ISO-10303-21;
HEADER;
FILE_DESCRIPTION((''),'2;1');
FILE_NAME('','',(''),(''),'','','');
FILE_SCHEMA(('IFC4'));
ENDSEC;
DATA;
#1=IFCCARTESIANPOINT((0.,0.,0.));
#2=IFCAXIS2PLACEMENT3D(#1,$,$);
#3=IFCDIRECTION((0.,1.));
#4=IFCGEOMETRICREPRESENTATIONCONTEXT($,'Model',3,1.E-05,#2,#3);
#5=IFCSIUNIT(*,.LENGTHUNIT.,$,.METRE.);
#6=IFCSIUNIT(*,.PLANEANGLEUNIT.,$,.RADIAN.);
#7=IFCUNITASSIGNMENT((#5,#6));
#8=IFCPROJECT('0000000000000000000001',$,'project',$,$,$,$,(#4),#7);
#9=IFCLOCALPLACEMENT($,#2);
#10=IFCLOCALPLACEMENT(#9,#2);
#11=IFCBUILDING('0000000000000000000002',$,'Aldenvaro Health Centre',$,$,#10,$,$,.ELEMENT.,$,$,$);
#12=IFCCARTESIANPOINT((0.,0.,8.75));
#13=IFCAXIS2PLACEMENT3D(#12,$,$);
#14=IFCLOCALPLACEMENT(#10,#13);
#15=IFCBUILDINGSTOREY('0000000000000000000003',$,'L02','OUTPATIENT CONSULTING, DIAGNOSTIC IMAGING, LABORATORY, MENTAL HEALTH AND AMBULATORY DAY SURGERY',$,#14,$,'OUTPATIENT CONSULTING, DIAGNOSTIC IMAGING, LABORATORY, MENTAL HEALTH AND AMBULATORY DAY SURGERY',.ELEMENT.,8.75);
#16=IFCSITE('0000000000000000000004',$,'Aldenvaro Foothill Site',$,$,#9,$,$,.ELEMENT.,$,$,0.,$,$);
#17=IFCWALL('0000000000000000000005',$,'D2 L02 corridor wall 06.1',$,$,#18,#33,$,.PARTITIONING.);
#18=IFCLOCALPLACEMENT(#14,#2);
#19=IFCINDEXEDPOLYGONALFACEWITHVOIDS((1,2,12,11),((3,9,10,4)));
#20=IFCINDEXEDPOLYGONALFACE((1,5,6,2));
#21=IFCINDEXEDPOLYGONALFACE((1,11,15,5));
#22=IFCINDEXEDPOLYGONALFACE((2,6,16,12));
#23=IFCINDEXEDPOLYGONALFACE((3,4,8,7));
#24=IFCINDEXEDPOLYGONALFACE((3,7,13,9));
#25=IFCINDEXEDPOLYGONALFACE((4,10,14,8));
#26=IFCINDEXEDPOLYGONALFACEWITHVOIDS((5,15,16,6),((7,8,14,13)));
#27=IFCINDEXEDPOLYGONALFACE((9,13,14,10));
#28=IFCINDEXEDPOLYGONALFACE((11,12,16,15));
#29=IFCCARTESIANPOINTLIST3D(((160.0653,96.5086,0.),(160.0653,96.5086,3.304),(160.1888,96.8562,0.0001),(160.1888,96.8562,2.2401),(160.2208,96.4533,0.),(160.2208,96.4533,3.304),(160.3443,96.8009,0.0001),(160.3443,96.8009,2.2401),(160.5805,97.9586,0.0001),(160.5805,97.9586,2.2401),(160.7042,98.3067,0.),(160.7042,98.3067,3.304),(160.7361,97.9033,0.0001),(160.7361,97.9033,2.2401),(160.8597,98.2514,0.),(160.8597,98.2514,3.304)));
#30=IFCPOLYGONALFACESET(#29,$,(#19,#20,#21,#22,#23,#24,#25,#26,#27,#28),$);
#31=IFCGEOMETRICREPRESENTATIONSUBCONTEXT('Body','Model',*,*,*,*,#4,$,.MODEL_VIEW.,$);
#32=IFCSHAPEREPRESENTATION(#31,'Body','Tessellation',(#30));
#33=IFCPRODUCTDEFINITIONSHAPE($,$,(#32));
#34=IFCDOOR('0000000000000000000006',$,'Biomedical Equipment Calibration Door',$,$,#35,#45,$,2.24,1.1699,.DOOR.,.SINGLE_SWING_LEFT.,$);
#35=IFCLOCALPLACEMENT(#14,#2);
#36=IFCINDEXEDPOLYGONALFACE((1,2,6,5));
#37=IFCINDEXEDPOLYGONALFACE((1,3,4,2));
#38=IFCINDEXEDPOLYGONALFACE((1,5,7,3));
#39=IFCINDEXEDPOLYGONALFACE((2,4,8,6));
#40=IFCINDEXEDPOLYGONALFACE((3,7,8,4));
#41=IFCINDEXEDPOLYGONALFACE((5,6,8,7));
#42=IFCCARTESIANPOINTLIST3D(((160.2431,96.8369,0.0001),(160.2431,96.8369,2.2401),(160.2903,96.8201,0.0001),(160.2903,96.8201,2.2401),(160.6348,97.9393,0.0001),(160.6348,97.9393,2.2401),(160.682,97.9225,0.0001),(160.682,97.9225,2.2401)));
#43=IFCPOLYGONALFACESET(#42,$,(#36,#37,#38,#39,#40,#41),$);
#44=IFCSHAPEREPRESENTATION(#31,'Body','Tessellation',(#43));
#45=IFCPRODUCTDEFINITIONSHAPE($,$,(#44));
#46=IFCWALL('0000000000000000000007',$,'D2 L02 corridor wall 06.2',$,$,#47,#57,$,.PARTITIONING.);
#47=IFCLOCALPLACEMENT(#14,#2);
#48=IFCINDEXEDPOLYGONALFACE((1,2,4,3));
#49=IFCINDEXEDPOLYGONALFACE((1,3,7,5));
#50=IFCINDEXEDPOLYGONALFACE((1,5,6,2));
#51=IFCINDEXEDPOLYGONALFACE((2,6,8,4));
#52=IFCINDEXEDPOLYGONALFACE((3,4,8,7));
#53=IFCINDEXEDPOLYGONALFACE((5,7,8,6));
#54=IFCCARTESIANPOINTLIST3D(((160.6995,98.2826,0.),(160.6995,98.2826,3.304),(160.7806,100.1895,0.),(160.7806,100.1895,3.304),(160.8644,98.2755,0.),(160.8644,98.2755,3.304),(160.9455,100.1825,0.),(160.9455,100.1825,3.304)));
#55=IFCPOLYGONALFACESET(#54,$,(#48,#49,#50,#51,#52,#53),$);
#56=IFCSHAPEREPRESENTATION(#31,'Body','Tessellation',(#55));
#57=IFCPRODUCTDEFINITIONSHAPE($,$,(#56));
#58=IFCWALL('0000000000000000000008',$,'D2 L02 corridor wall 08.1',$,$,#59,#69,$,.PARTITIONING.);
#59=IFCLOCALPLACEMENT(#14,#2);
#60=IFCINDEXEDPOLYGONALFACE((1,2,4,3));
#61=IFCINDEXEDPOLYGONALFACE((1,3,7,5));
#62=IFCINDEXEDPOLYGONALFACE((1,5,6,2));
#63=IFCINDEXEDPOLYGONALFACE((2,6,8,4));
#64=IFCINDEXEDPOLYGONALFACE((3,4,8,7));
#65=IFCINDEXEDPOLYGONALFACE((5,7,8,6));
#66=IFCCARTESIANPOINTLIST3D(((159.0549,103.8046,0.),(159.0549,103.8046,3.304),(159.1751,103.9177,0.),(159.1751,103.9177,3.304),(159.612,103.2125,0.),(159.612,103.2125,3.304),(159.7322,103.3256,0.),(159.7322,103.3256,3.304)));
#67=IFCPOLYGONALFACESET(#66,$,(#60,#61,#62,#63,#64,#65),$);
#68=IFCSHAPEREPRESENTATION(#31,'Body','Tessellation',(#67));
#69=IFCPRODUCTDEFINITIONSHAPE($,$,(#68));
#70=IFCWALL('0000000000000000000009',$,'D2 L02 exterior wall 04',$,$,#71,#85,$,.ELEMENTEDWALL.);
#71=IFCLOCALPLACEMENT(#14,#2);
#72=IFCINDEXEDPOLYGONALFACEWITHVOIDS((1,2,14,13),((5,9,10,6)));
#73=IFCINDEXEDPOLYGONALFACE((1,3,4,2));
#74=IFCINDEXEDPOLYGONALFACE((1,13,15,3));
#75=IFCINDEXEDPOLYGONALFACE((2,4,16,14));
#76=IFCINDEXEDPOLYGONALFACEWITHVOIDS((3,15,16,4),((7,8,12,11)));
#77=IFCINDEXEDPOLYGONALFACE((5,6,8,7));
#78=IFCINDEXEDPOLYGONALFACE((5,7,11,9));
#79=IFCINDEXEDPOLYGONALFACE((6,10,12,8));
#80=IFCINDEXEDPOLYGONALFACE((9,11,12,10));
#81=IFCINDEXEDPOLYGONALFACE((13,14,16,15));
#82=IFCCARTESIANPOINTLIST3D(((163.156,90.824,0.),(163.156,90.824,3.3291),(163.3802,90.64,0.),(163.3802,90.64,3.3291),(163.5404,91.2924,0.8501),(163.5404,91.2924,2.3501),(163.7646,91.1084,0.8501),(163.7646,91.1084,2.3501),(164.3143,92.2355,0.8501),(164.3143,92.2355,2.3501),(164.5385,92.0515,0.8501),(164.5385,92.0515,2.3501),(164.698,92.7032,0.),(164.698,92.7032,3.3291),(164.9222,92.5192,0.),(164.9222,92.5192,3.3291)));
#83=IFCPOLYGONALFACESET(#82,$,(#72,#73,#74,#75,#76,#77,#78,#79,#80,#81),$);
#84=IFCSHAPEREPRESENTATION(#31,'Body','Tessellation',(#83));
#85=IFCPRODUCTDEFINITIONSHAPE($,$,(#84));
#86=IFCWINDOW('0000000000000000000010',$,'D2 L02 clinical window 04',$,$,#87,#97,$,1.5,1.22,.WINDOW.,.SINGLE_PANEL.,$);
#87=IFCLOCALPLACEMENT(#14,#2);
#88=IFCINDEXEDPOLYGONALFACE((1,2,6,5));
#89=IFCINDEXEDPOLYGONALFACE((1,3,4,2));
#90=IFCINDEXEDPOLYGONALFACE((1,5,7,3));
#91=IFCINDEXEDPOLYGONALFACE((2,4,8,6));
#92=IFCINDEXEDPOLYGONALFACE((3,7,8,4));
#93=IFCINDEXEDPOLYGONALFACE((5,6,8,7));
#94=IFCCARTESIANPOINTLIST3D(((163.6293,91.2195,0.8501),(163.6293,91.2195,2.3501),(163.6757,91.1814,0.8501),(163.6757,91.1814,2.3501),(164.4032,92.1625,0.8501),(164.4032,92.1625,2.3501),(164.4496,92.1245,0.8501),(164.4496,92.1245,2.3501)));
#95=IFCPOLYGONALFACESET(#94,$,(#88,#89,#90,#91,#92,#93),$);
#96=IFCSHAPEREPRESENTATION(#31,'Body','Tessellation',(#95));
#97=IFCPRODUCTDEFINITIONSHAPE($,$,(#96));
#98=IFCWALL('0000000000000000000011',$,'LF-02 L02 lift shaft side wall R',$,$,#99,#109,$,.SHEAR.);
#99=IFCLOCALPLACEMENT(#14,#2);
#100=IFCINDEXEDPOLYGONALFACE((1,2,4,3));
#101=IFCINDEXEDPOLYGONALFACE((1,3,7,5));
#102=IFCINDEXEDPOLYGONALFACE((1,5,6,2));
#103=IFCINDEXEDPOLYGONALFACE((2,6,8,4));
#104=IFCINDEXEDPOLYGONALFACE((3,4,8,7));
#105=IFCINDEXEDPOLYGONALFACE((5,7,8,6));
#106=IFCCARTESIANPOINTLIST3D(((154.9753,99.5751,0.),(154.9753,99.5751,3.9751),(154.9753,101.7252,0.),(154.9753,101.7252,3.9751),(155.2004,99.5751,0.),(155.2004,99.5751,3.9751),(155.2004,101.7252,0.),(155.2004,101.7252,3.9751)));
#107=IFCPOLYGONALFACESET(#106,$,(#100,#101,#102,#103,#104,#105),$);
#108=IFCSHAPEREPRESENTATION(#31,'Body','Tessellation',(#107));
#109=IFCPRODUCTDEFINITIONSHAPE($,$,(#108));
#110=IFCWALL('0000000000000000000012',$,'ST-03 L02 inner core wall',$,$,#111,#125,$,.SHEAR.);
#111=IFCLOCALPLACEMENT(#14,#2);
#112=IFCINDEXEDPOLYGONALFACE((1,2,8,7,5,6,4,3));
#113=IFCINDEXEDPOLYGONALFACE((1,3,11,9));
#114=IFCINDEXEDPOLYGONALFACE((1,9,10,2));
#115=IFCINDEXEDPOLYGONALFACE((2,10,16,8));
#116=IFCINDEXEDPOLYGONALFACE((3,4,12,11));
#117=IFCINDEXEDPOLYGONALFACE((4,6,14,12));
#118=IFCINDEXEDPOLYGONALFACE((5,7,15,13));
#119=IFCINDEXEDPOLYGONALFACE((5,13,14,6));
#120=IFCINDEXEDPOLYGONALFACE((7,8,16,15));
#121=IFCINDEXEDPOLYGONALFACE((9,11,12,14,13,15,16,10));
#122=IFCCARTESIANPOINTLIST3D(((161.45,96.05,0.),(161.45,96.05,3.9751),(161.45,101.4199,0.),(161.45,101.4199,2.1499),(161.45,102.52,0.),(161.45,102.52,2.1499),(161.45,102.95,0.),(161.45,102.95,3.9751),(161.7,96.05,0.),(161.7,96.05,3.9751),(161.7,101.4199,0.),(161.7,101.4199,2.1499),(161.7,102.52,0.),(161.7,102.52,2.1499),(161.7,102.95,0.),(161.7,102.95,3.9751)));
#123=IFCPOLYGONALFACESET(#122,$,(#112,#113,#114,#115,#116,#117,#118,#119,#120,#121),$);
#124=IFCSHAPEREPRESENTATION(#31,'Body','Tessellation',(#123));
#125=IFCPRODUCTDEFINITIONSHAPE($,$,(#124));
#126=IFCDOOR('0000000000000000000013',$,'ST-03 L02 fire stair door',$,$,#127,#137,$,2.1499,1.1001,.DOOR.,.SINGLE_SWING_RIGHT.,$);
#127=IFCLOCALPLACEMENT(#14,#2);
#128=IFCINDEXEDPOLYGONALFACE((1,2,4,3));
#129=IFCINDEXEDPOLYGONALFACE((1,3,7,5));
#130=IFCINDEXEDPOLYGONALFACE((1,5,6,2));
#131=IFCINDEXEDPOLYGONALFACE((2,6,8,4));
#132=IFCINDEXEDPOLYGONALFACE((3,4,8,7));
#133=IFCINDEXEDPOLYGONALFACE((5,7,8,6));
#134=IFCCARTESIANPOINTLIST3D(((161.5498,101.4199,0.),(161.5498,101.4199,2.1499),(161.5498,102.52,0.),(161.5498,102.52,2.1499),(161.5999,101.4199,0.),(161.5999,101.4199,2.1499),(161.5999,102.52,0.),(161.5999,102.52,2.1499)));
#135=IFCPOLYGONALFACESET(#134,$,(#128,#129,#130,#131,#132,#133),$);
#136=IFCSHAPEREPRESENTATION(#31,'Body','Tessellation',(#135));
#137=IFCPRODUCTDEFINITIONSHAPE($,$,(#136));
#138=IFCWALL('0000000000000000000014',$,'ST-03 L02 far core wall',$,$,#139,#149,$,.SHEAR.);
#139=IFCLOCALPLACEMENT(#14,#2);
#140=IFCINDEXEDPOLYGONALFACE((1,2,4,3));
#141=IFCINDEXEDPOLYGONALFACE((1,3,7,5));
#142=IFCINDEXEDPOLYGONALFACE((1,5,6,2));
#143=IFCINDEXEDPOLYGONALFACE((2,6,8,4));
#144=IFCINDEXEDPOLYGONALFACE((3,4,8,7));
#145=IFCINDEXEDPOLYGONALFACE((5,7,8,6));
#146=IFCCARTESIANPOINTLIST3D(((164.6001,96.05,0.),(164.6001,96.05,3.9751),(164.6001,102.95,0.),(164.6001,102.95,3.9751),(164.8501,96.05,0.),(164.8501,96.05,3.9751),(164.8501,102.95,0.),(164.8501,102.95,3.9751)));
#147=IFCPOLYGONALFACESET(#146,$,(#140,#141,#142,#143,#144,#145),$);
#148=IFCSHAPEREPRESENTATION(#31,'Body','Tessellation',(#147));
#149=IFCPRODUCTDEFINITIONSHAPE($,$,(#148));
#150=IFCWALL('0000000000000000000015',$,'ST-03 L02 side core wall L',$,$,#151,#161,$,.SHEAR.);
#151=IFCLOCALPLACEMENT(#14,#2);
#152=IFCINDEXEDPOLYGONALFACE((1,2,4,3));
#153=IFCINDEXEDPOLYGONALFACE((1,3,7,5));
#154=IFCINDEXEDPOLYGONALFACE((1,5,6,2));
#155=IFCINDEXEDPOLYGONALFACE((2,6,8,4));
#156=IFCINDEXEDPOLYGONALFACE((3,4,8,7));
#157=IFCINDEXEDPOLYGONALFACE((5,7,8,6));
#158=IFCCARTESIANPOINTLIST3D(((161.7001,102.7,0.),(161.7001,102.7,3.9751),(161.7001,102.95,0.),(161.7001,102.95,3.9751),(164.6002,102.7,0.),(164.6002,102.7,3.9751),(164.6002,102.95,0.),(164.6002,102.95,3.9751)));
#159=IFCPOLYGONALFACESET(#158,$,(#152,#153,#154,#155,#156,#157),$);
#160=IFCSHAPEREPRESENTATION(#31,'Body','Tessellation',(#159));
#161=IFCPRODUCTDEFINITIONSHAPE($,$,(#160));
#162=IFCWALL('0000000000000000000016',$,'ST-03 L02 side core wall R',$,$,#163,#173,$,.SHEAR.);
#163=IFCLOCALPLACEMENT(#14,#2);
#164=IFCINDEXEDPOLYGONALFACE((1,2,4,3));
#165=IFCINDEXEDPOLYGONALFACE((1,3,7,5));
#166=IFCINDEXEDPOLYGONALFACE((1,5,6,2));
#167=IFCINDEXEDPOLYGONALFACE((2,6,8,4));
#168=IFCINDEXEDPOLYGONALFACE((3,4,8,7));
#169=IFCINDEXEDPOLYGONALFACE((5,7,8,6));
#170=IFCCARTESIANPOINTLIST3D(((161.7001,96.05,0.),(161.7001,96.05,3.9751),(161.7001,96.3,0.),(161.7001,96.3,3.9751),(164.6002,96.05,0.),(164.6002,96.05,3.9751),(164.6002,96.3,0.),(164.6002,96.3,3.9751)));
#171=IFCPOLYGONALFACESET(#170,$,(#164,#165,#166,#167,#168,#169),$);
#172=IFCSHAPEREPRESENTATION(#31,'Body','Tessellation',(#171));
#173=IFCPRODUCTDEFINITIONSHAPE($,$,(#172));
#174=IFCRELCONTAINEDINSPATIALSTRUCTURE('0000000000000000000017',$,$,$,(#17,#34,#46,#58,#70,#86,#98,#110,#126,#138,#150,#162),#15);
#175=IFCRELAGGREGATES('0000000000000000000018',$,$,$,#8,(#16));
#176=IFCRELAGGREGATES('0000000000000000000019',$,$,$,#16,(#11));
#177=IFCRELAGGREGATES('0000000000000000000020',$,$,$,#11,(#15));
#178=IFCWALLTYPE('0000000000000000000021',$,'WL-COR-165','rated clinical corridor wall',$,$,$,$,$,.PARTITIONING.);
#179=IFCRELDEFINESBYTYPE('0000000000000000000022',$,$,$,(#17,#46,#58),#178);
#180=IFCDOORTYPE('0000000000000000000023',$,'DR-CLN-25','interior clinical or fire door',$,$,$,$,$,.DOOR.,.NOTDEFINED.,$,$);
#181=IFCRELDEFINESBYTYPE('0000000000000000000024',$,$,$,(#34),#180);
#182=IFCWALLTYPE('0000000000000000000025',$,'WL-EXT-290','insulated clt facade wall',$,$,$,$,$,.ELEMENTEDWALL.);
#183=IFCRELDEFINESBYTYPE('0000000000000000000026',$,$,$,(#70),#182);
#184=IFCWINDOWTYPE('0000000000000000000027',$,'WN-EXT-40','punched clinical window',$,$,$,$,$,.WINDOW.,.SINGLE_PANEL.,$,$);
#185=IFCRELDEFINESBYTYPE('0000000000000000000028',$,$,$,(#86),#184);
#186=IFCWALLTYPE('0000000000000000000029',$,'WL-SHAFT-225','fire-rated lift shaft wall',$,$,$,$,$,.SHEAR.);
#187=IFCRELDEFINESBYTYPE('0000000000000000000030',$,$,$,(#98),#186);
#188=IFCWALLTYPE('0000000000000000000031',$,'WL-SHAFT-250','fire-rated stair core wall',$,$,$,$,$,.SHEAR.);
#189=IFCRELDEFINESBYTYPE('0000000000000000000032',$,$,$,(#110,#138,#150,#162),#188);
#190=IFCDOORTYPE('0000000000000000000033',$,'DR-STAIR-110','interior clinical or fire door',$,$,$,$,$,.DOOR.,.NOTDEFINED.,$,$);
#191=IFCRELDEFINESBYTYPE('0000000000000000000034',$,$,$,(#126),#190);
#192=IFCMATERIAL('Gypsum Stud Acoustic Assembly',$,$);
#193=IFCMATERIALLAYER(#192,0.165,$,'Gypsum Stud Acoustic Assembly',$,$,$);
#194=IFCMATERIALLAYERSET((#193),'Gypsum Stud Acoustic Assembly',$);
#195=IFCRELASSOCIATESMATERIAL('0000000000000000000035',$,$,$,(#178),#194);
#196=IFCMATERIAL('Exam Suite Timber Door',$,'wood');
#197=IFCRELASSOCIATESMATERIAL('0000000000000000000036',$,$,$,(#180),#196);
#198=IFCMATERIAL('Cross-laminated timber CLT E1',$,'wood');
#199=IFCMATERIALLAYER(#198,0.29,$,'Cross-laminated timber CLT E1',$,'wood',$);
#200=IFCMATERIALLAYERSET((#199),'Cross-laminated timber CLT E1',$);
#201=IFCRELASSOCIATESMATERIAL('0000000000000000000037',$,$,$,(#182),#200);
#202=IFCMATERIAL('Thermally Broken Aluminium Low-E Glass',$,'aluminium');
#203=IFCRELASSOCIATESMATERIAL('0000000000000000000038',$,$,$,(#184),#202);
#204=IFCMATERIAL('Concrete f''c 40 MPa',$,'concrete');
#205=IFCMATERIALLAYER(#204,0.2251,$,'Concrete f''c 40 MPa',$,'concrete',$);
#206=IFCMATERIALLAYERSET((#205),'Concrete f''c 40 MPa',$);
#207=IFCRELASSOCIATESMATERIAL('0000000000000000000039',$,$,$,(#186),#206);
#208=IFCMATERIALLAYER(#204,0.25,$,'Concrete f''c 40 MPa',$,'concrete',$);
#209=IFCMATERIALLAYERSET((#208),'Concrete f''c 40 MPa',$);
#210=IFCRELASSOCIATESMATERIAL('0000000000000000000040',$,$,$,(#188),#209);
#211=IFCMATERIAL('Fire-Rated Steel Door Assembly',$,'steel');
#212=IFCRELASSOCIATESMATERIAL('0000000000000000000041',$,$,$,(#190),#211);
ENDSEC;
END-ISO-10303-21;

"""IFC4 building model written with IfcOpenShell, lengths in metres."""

from ifc_helpers import new_model, si_unit, direction, frame, frame_2d, origin, place, context, subcontext, project, spatial, rectangle, extrude, material, layer, layer_set, type_object, element, fill, save


model = new_model("IFC4")

# Units and contexts
model_context = context("Model", 3, precision=1e-05, world=origin(), true_north=direction((0.0, 1.0)))
body_context = subcontext(model_context, "Body", "Model", "MODEL_VIEW")
ifc_project = project(units=[si_unit("LENGTHUNIT", "METRE"), si_unit("PLANEANGLEUNIT", "RADIAN")], contexts=[model_context])

# Site, building, storey
site_placement = place(None, origin())
site = spatial("IfcSite", under=ifc_project, at=site_placement, Name="Aldenvaro Foothill Site", CompositionType="ELEMENT", RefElevation=0.0)
building_placement = place(site_placement, origin())
building = spatial("IfcBuilding", under=site, at=building_placement, Name="Aldenvaro Health Centre", CompositionType="ELEMENT")
storey_placement = place(building_placement, frame((0.0, 0.0, 8.75)))
storey = spatial("IfcBuildingStorey", under=building, at=storey_placement, Name="L02", Description="OUTPATIENT CONSULTING, DIAGNOSTIC IMAGING, LABORATORY, MENTAL HEALTH AND AMBULATORY DAY SURGERY", LongName="OUTPATIENT CONSULTING, DIAGNOSTIC IMAGING, LABORATORY, MENTAL HEALTH AND AMBULATORY DAY SURGERY", CompositionType="ELEMENT", Elevation=8.75)

# Shared definitions
ifc_material_1 = material(Name="Gypsum Stud Acoustic Assembly")

# Shared definitions
ifc_layer_1 = layer(ifc_material_1, 0.165, Name="Gypsum Stud Acoustic Assembly")
ifc_layer_set_1 = layer_set([ifc_layer_1], Name="Gypsum Stud Acoustic Assembly")
wall_type_1 = type_object("IfcWallType", Name="WL-COR-165", Description="rated clinical corridor wall", PredefinedType="PARTITIONING", material=ifc_layer_set_1)
ifc_material_2 = material(Name="Exam Suite Timber Door", Category="wood")

# Wall, opening, door
wall_1_placement = place(storey_placement, frame((160.1431, 96.481, 0.0), z_axis=(0.0, 0.0, 1.0), x_axis=(0.33482, 0.942282, 0.0)))
wall_1 = element("IfcWall", 1, at=wall_1_placement, inside=storey, type_object=wall_type_1, Name="D2 L02 corridor wall 06.1", PredefinedType="PARTITIONING", context=body_context, shape_type="SweptSolid", body=[
    extrude(rectangle(XDim=1.9082, YDim=0.165, at=frame_2d((0.9541, 0.0))), origin(), (0.0, 0.0, 1.0), 3.304),
])
opening_1_placement = place(wall_1_placement, frame((0.3689, 0.0, 0.0)))
opening_1 = element("IfcOpeningElement", 2, at=opening_1_placement, cuts=wall_1, PredefinedType="OPENING", context=body_context, shape_type="SweptSolid", body=[
    extrude(rectangle(XDim=1.1699, YDim=2.24, at=frame_2d((0.585, 1.1201))), frame((0.0, 0.0925, 0.0), z_axis=(0.0, -1.0, 0.0), x_axis=(1.0, 0.0, 0.0)), (0.0, 0.0, 1.0), 0.1851),
])
door_type_1 = type_object("IfcDoorType", Name="DR-CLN-25", Description="interior clinical or fire door", OperationType="NOTDEFINED", PredefinedType="DOOR", material=ifc_material_2)
door_1_placement = place(opening_1_placement, origin())
door_1 = element("IfcDoor", 3, at=door_1_placement, inside=storey, type_object=door_type_1, Name="Biomedical Equipment Calibration Door", OperationType="SINGLE_SWING_LEFT", OverallHeight=2.24, OverallWidth=1.1699, PredefinedType="DOOR", context=body_context, shape_type="SweptSolid", body=[
    extrude(rectangle(XDim=1.1699, YDim=2.24, at=frame_2d((0.585, 1.1201))), frame((0.0, 0.0249, 0.0), z_axis=(0.0, -1.0, 0.0), x_axis=(1.0, 0.0, 0.0)), (0.0, 0.0, 1.0), 0.05),
])
fill(opening_1, door_1)

# Walls
wall_2_placement = place(storey_placement, frame((160.782, 98.2791, 0.0), z_axis=(0.0, 0.0, 1.0), x_axis=(0.042466, 0.999098, 0.0)))
element("IfcWall", 4, at=wall_2_placement, inside=storey, type_object=wall_type_1, Name="D2 L02 corridor wall 06.2", PredefinedType="PARTITIONING", context=body_context, shape_type="SweptSolid", body=[
    extrude(rectangle(XDim=1.9087, YDim=0.165, at=frame_2d((0.9543, 0.0))), origin(), (0.0, 0.0, 1.0), 3.304),
])
wall_3_placement = place(storey_placement, frame((159.6721, 103.269, 0.0), z_axis=(0.0, 0.0, 1.0), x_axis=(-0.685308, 0.728253, 0.0)))
element("IfcWall", 5, at=wall_3_placement, inside=storey, type_object=wall_type_1, Name="D2 L02 corridor wall 08.1", PredefinedType="PARTITIONING", context=body_context, shape_type="SweptSolid", body=[
    extrude(rectangle(XDim=0.813, YDim=0.165, at=frame_2d((0.4065, 0.0))), origin(), (0.0, 0.0, 1.0), 3.304),
])

# Wall, opening, window
ifc_material_3 = material(Name="Cross-laminated timber CLT E1", Category="wood")
ifc_layer_2 = layer(ifc_material_3, 0.29, Name="Cross-laminated timber CLT E1", Category="wood")
ifc_layer_set_2 = layer_set([ifc_layer_2], Name="Cross-laminated timber CLT E1")
wall_type_2 = type_object("IfcWallType", Name="WL-EXT-290", Description="insulated clt facade wall", PredefinedType="ELEMENTEDWALL", material=ifc_layer_set_2)
wall_4_placement = place(storey_placement, frame((164.8101, 92.6111, 0.0), z_axis=(0.0, 0.0, 1.0), x_axis=(-0.634347, -0.773048, 0.0)))
wall_4 = element("IfcWall", 6, at=wall_4_placement, inside=storey, type_object=wall_type_2, Name="D2 L02 exterior wall 04", PredefinedType="ELEMENTEDWALL", context=body_context, shape_type="SweptSolid", body=[
    extrude(rectangle(XDim=2.4309, YDim=0.29, at=frame_2d((1.2153, 0.0))), origin(), (0.0, 0.0, 1.0), 3.3291),
])
opening_2_placement = place(wall_4_placement, frame((0.605, 0.0, 0.8501)))
opening_2 = element("IfcOpeningElement", 7, at=opening_2_placement, cuts=wall_4, PredefinedType="OPENING", context=body_context, shape_type="SweptSolid", body=[
    extrude(rectangle(XDim=1.22, YDim=1.5, at=frame_2d((0.6099, 0.75))), frame((0.0, 0.155, 0.0), z_axis=(0.0, -1.0, 0.0), x_axis=(1.0, 0.0, 0.0)), (0.0, 0.0, 1.0), 0.3101),
])
ifc_material_4 = material(Name="Thermally Broken Aluminium Low-E Glass", Category="aluminium")
window_type = type_object("IfcWindowType", Name="WN-EXT-40", Description="punched clinical window", PartitioningType="SINGLE_PANEL", PredefinedType="WINDOW", material=ifc_material_4)
window_placement = place(opening_2_placement, origin())
window = element("IfcWindow", 8, at=window_placement, inside=storey, type_object=window_type, Name="D2 L02 clinical window 04", OverallHeight=1.5, OverallWidth=1.22, PartitioningType="SINGLE_PANEL", PredefinedType="WINDOW", context=body_context, shape_type="SweptSolid", body=[
    extrude(rectangle(XDim=1.22, YDim=1.5, at=frame_2d((0.6099, 0.75))), frame((0.0, 0.03, 0.0), z_axis=(0.0, -1.0, 0.0), x_axis=(1.0, 0.0, 0.0)), (0.0, 0.0, 1.0), 0.0601),
])
fill(opening_2, window)

# Wall
ifc_material_5 = material(Name="Concrete f'c 40 MPa", Category="concrete")
ifc_layer_3 = layer(ifc_material_5, 0.2251, Name="Concrete f'c 40 MPa", Category="concrete")
ifc_layer_set_3 = layer_set([ifc_layer_3], Name="Concrete f'c 40 MPa")
wall_type_3 = type_object("IfcWallType", Name="WL-SHAFT-225", Description="fire-rated lift shaft wall", PredefinedType="SHEAR", material=ifc_layer_set_3)
wall_5_placement = place(storey_placement, frame((155.0879, 99.575, 0.0), z_axis=(0.0, 0.0, 1.0), x_axis=(0.0, 1.0, 0.0)))
element("IfcWall", 9, at=wall_5_placement, inside=storey, type_object=wall_type_3, Name="LF-02 L02 lift shaft side wall R", PredefinedType="SHEAR", context=body_context, shape_type="SweptSolid", body=[
    extrude(rectangle(XDim=2.1501, YDim=0.2251, at=frame_2d((1.0752, 0.0))), origin(), (0.0, 0.0, 1.0), 3.9751),
])

# Wall, opening, door
ifc_layer_4 = layer(ifc_material_5, 0.25, Name="Concrete f'c 40 MPa", Category="concrete")
ifc_layer_set_4 = layer_set([ifc_layer_4], Name="Concrete f'c 40 MPa")
wall_type_4 = type_object("IfcWallType", Name="WL-SHAFT-250", Description="fire-rated stair core wall", PredefinedType="SHEAR", material=ifc_layer_set_4)
wall_6_placement = place(storey_placement, frame((161.575, 102.95, 0.0), z_axis=(0.0, 0.0, 1.0), x_axis=(0.0, -1.0, 0.0)))
wall_6 = element("IfcWall", 10, at=wall_6_placement, inside=storey, type_object=wall_type_4, Name="ST-03 L02 inner core wall", PredefinedType="SHEAR", context=body_context, shape_type="SweptSolid", body=[
    extrude(rectangle(XDim=6.8999, YDim=0.25, at=frame_2d((3.45, 0.0))), origin(), (0.0, 0.0, 1.0), 3.9751),
])
opening_3_placement = place(wall_6_placement, frame((0.4299, 0.0, 0.0)))
opening_3 = element("IfcOpeningElement", 11, at=opening_3_placement, cuts=wall_6, PredefinedType="OPENING", context=body_context, shape_type="SweptSolid", body=[
    extrude(rectangle(XDim=1.1001, YDim=2.1499, at=frame_2d((0.55, 1.075))), frame((0.0, 0.135, 0.0), z_axis=(0.0, -1.0, 0.0), x_axis=(1.0, 0.0, 0.0)), (0.0, 0.0, 1.0), 0.27),
])
ifc_material_6 = material(Name="Fire-Rated Steel Door Assembly", Category="steel")
door_type_2 = type_object("IfcDoorType", Name="DR-STAIR-110", Description="interior clinical or fire door", OperationType="NOTDEFINED", PredefinedType="DOOR", material=ifc_material_6)
door_2_placement = place(opening_3_placement, origin())
door_2 = element("IfcDoor", 12, at=door_2_placement, inside=storey, type_object=door_type_2, Name="ST-03 L02 fire stair door", OperationType="SINGLE_SWING_RIGHT", OverallHeight=2.1499, OverallWidth=1.1001, PredefinedType="DOOR", context=body_context, shape_type="SweptSolid", body=[
    extrude(rectangle(XDim=1.1001, YDim=2.1499, at=frame_2d((0.55, 1.075))), frame((0.0, 0.0249, 0.0), z_axis=(0.0, -1.0, 0.0), x_axis=(1.0, 0.0, 0.0)), (0.0, 0.0, 1.0), 0.05),
])
fill(opening_3, door_2)

# Walls
wall_7_placement = place(storey_placement, frame((164.7251, 102.95, 0.0), z_axis=(0.0, 0.0, 1.0), x_axis=(0.0, -1.0, 0.0)))
element("IfcWall", 13, at=wall_7_placement, inside=storey, type_object=wall_type_4, Name="ST-03 L02 far core wall", PredefinedType="SHEAR", context=body_context, shape_type="SweptSolid", body=[
    extrude(rectangle(XDim=6.8999, YDim=0.25, at=frame_2d((3.45, 0.0))), origin(), (0.0, 0.0, 1.0), 3.9751),
])
for number, where, z_axis, x_axis, name in (
    (14, (161.7, 102.825, 0.0), (0.0, 0.0, 1.0), (1.0, 0.0, 0.0), "ST-03 L02 side core wall L"),
    (15, (161.7, 96.175, 0.0), (0.0, 0.0, 1.0), (1.0, 0.0, 0.0), "ST-03 L02 side core wall R"),
):
    element("IfcWall", number, at=place(storey_placement, frame(where, z_axis=z_axis, x_axis=x_axis)), inside=storey, type_object=wall_type_4, Name=name, PredefinedType="SHEAR", context=body_context, shape_type="SweptSolid", body=[
        extrude(rectangle(XDim=2.9001, YDim=0.25, at=frame_2d((1.4502, 0.0))), origin(), (0.0, 0.0, 1.0), 3.9751),
    ])

save(model, "model.ifc")
